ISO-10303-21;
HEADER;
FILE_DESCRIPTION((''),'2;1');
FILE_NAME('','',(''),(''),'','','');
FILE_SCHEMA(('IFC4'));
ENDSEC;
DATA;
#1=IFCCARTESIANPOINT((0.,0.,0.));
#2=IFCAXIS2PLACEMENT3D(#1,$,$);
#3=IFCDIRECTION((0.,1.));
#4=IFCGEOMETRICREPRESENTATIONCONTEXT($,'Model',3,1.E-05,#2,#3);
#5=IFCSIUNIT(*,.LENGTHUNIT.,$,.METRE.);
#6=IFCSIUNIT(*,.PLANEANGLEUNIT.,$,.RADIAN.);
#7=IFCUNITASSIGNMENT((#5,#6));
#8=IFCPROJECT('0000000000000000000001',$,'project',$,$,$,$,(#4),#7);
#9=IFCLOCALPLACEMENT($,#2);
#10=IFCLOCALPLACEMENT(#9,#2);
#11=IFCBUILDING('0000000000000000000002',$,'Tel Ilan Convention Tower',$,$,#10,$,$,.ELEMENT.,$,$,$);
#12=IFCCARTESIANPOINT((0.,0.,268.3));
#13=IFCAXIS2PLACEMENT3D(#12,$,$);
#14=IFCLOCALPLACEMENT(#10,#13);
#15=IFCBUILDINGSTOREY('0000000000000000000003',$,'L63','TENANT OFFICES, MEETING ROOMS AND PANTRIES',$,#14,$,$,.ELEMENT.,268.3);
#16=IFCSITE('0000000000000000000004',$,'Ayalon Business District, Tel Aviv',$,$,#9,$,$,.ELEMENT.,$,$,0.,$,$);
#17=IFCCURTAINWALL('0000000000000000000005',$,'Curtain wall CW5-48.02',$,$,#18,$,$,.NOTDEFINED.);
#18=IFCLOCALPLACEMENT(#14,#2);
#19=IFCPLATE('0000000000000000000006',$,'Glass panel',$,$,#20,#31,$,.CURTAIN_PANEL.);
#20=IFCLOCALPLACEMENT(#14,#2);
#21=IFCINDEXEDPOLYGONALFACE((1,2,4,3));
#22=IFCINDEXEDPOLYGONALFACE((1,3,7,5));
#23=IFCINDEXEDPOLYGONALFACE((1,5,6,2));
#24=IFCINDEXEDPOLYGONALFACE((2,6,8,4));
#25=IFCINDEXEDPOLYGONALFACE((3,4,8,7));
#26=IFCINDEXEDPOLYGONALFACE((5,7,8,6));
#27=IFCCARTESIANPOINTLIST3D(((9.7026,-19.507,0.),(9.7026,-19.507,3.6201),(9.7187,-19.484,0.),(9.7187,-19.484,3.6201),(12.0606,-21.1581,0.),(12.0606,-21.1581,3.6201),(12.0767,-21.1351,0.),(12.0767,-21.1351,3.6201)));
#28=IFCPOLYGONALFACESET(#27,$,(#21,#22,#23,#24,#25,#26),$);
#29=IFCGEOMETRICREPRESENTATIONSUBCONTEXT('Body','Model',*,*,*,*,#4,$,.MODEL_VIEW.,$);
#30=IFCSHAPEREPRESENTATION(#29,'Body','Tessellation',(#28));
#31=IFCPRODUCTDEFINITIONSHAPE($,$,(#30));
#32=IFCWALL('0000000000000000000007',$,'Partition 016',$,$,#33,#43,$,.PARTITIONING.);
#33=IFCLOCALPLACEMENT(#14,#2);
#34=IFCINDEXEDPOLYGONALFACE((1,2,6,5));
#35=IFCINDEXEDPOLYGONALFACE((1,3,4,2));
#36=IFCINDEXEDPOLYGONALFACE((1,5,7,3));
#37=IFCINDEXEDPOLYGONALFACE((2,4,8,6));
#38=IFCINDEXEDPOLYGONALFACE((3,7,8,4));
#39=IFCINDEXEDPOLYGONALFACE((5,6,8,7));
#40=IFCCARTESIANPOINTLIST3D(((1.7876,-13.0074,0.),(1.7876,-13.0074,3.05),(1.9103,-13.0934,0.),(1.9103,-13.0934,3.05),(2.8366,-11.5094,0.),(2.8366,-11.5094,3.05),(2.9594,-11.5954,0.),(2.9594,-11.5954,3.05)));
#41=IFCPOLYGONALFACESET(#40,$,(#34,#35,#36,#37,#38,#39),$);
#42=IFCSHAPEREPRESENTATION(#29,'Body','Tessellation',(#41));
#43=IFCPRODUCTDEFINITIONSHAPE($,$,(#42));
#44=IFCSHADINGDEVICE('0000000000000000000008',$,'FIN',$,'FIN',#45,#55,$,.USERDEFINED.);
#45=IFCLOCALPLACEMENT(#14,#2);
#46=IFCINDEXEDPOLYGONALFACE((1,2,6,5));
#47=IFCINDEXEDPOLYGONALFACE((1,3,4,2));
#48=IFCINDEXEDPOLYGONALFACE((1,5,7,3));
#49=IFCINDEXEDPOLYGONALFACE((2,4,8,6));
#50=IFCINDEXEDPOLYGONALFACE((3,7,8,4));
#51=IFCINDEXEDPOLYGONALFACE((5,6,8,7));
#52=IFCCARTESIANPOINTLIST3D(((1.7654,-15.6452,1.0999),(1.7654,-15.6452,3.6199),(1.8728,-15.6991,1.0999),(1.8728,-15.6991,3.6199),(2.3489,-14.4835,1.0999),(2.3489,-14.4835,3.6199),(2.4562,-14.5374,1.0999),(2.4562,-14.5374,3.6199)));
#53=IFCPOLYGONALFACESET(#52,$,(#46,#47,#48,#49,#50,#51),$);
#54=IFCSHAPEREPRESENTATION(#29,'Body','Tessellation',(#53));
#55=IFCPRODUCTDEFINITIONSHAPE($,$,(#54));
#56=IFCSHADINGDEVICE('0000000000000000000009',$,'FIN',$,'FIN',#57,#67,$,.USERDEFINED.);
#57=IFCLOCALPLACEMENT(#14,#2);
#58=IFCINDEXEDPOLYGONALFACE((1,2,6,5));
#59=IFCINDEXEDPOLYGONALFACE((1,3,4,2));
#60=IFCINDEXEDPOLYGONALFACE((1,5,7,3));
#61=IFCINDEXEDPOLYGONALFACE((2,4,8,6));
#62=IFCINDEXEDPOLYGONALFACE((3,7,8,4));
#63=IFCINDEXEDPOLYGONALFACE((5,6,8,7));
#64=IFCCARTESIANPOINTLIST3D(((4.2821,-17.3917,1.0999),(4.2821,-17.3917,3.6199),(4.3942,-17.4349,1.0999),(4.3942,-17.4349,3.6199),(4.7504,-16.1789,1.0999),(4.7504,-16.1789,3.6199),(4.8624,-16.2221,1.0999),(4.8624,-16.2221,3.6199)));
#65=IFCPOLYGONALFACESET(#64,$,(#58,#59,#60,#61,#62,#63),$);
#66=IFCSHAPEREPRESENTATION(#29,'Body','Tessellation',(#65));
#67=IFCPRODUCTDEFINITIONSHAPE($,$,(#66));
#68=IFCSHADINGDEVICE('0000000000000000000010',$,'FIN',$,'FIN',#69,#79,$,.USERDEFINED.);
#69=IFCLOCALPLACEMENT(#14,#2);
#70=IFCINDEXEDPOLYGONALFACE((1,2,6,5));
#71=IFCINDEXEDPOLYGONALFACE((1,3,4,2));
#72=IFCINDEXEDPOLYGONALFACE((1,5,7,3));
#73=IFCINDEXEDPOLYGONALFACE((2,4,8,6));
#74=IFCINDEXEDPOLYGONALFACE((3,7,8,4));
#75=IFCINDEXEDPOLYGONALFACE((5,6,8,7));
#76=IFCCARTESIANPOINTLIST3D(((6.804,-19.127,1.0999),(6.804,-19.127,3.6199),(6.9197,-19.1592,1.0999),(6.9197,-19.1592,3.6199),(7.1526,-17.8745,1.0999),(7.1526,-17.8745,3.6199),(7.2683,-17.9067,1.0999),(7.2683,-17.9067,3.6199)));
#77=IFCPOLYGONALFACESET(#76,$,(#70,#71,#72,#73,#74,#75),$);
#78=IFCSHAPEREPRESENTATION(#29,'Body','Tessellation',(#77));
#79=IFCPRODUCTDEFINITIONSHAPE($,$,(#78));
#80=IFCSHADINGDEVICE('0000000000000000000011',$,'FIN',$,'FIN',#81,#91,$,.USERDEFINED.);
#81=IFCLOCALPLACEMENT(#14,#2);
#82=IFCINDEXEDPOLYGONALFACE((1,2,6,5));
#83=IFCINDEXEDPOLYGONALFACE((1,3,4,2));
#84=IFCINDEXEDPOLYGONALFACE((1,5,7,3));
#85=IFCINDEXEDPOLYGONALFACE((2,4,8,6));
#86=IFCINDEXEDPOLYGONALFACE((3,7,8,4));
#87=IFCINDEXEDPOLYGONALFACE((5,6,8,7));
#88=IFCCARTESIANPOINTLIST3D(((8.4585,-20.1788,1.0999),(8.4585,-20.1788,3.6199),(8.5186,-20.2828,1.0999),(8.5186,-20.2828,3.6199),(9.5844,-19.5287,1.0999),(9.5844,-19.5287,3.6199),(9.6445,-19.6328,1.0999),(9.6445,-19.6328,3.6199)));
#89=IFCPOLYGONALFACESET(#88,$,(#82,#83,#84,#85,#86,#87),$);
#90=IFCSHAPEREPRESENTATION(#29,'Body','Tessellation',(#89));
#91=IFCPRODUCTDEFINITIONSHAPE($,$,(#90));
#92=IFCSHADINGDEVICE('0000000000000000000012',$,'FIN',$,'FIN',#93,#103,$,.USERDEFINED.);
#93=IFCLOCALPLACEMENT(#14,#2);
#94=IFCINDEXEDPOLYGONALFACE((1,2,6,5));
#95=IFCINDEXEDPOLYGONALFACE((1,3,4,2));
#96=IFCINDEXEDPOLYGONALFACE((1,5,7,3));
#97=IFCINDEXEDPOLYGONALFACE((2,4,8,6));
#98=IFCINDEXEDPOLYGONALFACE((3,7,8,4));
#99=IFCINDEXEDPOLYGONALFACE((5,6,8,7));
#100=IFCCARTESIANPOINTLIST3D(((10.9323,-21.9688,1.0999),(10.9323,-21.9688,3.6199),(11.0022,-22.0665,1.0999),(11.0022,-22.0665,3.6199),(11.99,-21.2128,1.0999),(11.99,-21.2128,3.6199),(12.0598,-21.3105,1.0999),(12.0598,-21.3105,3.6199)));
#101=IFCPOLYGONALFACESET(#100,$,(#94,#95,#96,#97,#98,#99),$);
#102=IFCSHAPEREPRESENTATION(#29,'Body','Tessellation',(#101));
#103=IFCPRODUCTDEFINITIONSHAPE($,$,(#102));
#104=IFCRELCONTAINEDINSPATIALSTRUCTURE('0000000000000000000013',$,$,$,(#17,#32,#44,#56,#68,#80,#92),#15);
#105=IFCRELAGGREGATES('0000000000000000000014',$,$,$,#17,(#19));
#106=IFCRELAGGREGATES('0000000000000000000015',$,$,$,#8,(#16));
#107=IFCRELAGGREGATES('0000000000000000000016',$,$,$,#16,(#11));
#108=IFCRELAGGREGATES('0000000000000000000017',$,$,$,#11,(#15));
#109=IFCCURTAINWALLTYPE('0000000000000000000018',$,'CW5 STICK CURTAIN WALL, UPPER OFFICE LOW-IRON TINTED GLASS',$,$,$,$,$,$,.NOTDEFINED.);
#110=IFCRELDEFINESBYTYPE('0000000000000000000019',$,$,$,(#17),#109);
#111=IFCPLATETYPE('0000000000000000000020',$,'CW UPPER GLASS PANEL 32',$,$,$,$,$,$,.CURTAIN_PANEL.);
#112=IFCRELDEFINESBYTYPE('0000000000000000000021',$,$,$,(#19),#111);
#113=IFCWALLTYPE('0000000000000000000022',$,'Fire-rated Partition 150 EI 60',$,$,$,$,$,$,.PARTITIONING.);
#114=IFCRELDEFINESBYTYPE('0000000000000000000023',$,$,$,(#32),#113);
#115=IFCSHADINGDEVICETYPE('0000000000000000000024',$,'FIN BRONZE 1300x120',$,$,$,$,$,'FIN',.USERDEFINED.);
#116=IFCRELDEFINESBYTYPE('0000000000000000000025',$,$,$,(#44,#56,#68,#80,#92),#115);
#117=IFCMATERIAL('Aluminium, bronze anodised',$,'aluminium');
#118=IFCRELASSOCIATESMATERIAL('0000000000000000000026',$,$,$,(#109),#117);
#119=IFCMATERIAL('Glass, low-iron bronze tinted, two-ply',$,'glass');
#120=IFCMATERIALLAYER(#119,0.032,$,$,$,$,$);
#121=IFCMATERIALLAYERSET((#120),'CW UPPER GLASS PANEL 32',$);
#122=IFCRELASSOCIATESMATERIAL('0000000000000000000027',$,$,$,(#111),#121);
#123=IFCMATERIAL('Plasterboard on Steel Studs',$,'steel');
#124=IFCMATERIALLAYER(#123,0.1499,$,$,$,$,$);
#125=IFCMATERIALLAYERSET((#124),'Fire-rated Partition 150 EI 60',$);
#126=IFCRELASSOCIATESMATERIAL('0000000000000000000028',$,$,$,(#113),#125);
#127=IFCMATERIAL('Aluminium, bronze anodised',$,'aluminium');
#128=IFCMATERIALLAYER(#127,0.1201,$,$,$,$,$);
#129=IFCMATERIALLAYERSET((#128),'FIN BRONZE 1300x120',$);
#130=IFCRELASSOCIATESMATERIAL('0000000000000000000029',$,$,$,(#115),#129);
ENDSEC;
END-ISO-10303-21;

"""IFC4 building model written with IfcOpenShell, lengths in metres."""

from ifc_helpers import new_model, si_unit, direction, frame, frame_2d, origin, origin_2d, place, context, subcontext, project, spatial, rectangle, extrude, material, layer, layer_set, type_object, element, aggregate, save


model = new_model("IFC4")

# Units and contexts
model_context = context("Model", 3, precision=1e-05, world=origin(), true_north=direction((0.0, 1.0)))
body_context = subcontext(model_context, "Body", "Model", "MODEL_VIEW")
ifc_project = project(units=[si_unit("LENGTHUNIT", "METRE"), si_unit("PLANEANGLEUNIT", "RADIAN")], contexts=[model_context])

# Site, building, storey
site_placement = place(None, origin())
site = spatial("IfcSite", under=ifc_project, at=site_placement, Name="Ayalon Business District, Tel Aviv", CompositionType="ELEMENT", RefElevation=0.0)
building_placement = place(site_placement, origin())
building = spatial("IfcBuilding", under=site, at=building_placement, Name="Tel Ilan Convention Tower", CompositionType="ELEMENT")
storey_placement = place(building_placement, frame((0.0, 0.0, 268.3)))
storey = spatial("IfcBuildingStorey", under=building, at=storey_placement, Name="L63", Description="TENANT OFFICES, MEETING ROOMS AND PANTRIES", CompositionType="ELEMENT", Elevation=268.3)

# Curtain wall, plate
ifc_material_1 = material(Name="Aluminium, bronze anodised", Category="aluminium")
curtain_wall_type = type_object("IfcCurtainWallType", Name="CW5 STICK CURTAIN WALL, UPPER OFFICE LOW-IRON TINTED GLASS", PredefinedType="NOTDEFINED", material=ifc_material_1)
curtain_wall_placement = place(storey_placement, origin())
curtain_wall = element("IfcCurtainWall", 1, at=curtain_wall_placement, inside=storey, type_object=curtain_wall_type, Name="Curtain wall CW5-48.02", PredefinedType="NOTDEFINED")
ifc_material_2 = material(Name="Glass, low-iron bronze tinted, two-ply", Category="glass")
ifc_layer_1 = layer(ifc_material_2, 0.032)
ifc_layer_set_1 = layer_set([ifc_layer_1], Name="CW UPPER GLASS PANEL 32")
plate_type = type_object("IfcPlateType", Name="CW UPPER GLASS PANEL 32", PredefinedType="CURTAIN_PANEL", material=ifc_layer_set_1)
plate_1_placement = place(storey_placement, frame((10.8896, -20.321, 0.0), z_axis=(0.0, 0.0, 1.0), x_axis=(0.819152, -0.573576, 0.0)))
plate_1 = element("IfcPlate", 2, at=plate_1_placement, type_object=plate_type, Name="Glass panel", PredefinedType="CURTAIN_PANEL", context=body_context, shape_type="SweptSolid", body=[
    extrude(rectangle(XDim=2.8787, YDim=0.0281, at=origin_2d()), origin(), (0.0, 0.0, 1.0), 3.6201),
])
aggregate(curtain_wall, [plate_1])

# Wall
ifc_material_3 = material(Name="Plasterboard on Steel Studs", Category="steel")
ifc_layer_2 = layer(ifc_material_3, 0.1499)
ifc_layer_set_2 = layer_set([ifc_layer_2], Name="Fire-rated Partition 150 EI 60")
wall_type = type_object("IfcWallType", Name="Fire-rated Partition 150 EI 60", PredefinedType="PARTITIONING", material=ifc_layer_set_2)
wall_placement = place(storey_placement, frame((1.8489, -13.0505, 0.0), z_axis=(0.0, 0.0, 1.0), x_axis=(0.573624, 0.819119, 0.0)))
element("IfcWall", 3, at=wall_placement, inside=storey, type_object=wall_type, Name="Partition 016", PredefinedType="PARTITIONING", context=body_context, shape_type="SweptSolid", body=[
    extrude(rectangle(XDim=1.8289, YDim=0.1499, at=frame_2d((0.9146, 0.0))), origin(), (0.0, 0.0, 1.0), 3.05),
])

# Shading devices
ifc_material_4 = material(Name="Aluminium, bronze anodised", Category="aluminium")
ifc_layer_3 = layer(ifc_material_4, 0.1201)
ifc_layer_set_3 = layer_set([ifc_layer_3], Name="FIN BRONZE 1300x120")
shading_device_type = type_object("IfcShadingDeviceType", Name="FIN BRONZE 1300x120", ElementType="FIN", PredefinedType="USERDEFINED", material=ifc_layer_set_3)
for number, where, z_axis, x_axis, name in (
    (4, (2.1108, -15.0913, 1.0999), (0.0, 0.0, 1.0), (-0.448799, -0.893633, 0.0), "FIN"),
    (5, (4.5723, -16.8069, 1.0999), (0.0, 0.0, 1.0), (-0.360178, -0.932884, 0.0), "FIN"),
    (6, (7.0361, -18.5168, 1.0999), (0.0, 0.0, 1.0), (-0.268173, -0.963371, 0.0), "FIN"),
    (7, (9.0515, -19.9058, 1.0999), (0.0, 0.0, 1.0), (-0.866025, -0.5, 0.0), "FIN"),
    (8, (11.4961, -21.6396, 1.0999), (0.0, 0.0, 1.0), (-0.813552, -0.581492, 0.0), "FIN"),
):
    element("IfcShadingDevice", number, at=place(storey_placement, frame(where, z_axis=z_axis, x_axis=x_axis)), inside=storey, type_object=shading_device_type, Name=name, ObjectType="FIN", PredefinedType="USERDEFINED", context=body_context, shape_type="SweptSolid", body=[
        extrude(rectangle(XDim=1.3, YDim=0.1201, at=origin_2d()), origin(), (0.0, 0.0, 1.0), 2.52),
    ])

save(model, "model.ifc")
